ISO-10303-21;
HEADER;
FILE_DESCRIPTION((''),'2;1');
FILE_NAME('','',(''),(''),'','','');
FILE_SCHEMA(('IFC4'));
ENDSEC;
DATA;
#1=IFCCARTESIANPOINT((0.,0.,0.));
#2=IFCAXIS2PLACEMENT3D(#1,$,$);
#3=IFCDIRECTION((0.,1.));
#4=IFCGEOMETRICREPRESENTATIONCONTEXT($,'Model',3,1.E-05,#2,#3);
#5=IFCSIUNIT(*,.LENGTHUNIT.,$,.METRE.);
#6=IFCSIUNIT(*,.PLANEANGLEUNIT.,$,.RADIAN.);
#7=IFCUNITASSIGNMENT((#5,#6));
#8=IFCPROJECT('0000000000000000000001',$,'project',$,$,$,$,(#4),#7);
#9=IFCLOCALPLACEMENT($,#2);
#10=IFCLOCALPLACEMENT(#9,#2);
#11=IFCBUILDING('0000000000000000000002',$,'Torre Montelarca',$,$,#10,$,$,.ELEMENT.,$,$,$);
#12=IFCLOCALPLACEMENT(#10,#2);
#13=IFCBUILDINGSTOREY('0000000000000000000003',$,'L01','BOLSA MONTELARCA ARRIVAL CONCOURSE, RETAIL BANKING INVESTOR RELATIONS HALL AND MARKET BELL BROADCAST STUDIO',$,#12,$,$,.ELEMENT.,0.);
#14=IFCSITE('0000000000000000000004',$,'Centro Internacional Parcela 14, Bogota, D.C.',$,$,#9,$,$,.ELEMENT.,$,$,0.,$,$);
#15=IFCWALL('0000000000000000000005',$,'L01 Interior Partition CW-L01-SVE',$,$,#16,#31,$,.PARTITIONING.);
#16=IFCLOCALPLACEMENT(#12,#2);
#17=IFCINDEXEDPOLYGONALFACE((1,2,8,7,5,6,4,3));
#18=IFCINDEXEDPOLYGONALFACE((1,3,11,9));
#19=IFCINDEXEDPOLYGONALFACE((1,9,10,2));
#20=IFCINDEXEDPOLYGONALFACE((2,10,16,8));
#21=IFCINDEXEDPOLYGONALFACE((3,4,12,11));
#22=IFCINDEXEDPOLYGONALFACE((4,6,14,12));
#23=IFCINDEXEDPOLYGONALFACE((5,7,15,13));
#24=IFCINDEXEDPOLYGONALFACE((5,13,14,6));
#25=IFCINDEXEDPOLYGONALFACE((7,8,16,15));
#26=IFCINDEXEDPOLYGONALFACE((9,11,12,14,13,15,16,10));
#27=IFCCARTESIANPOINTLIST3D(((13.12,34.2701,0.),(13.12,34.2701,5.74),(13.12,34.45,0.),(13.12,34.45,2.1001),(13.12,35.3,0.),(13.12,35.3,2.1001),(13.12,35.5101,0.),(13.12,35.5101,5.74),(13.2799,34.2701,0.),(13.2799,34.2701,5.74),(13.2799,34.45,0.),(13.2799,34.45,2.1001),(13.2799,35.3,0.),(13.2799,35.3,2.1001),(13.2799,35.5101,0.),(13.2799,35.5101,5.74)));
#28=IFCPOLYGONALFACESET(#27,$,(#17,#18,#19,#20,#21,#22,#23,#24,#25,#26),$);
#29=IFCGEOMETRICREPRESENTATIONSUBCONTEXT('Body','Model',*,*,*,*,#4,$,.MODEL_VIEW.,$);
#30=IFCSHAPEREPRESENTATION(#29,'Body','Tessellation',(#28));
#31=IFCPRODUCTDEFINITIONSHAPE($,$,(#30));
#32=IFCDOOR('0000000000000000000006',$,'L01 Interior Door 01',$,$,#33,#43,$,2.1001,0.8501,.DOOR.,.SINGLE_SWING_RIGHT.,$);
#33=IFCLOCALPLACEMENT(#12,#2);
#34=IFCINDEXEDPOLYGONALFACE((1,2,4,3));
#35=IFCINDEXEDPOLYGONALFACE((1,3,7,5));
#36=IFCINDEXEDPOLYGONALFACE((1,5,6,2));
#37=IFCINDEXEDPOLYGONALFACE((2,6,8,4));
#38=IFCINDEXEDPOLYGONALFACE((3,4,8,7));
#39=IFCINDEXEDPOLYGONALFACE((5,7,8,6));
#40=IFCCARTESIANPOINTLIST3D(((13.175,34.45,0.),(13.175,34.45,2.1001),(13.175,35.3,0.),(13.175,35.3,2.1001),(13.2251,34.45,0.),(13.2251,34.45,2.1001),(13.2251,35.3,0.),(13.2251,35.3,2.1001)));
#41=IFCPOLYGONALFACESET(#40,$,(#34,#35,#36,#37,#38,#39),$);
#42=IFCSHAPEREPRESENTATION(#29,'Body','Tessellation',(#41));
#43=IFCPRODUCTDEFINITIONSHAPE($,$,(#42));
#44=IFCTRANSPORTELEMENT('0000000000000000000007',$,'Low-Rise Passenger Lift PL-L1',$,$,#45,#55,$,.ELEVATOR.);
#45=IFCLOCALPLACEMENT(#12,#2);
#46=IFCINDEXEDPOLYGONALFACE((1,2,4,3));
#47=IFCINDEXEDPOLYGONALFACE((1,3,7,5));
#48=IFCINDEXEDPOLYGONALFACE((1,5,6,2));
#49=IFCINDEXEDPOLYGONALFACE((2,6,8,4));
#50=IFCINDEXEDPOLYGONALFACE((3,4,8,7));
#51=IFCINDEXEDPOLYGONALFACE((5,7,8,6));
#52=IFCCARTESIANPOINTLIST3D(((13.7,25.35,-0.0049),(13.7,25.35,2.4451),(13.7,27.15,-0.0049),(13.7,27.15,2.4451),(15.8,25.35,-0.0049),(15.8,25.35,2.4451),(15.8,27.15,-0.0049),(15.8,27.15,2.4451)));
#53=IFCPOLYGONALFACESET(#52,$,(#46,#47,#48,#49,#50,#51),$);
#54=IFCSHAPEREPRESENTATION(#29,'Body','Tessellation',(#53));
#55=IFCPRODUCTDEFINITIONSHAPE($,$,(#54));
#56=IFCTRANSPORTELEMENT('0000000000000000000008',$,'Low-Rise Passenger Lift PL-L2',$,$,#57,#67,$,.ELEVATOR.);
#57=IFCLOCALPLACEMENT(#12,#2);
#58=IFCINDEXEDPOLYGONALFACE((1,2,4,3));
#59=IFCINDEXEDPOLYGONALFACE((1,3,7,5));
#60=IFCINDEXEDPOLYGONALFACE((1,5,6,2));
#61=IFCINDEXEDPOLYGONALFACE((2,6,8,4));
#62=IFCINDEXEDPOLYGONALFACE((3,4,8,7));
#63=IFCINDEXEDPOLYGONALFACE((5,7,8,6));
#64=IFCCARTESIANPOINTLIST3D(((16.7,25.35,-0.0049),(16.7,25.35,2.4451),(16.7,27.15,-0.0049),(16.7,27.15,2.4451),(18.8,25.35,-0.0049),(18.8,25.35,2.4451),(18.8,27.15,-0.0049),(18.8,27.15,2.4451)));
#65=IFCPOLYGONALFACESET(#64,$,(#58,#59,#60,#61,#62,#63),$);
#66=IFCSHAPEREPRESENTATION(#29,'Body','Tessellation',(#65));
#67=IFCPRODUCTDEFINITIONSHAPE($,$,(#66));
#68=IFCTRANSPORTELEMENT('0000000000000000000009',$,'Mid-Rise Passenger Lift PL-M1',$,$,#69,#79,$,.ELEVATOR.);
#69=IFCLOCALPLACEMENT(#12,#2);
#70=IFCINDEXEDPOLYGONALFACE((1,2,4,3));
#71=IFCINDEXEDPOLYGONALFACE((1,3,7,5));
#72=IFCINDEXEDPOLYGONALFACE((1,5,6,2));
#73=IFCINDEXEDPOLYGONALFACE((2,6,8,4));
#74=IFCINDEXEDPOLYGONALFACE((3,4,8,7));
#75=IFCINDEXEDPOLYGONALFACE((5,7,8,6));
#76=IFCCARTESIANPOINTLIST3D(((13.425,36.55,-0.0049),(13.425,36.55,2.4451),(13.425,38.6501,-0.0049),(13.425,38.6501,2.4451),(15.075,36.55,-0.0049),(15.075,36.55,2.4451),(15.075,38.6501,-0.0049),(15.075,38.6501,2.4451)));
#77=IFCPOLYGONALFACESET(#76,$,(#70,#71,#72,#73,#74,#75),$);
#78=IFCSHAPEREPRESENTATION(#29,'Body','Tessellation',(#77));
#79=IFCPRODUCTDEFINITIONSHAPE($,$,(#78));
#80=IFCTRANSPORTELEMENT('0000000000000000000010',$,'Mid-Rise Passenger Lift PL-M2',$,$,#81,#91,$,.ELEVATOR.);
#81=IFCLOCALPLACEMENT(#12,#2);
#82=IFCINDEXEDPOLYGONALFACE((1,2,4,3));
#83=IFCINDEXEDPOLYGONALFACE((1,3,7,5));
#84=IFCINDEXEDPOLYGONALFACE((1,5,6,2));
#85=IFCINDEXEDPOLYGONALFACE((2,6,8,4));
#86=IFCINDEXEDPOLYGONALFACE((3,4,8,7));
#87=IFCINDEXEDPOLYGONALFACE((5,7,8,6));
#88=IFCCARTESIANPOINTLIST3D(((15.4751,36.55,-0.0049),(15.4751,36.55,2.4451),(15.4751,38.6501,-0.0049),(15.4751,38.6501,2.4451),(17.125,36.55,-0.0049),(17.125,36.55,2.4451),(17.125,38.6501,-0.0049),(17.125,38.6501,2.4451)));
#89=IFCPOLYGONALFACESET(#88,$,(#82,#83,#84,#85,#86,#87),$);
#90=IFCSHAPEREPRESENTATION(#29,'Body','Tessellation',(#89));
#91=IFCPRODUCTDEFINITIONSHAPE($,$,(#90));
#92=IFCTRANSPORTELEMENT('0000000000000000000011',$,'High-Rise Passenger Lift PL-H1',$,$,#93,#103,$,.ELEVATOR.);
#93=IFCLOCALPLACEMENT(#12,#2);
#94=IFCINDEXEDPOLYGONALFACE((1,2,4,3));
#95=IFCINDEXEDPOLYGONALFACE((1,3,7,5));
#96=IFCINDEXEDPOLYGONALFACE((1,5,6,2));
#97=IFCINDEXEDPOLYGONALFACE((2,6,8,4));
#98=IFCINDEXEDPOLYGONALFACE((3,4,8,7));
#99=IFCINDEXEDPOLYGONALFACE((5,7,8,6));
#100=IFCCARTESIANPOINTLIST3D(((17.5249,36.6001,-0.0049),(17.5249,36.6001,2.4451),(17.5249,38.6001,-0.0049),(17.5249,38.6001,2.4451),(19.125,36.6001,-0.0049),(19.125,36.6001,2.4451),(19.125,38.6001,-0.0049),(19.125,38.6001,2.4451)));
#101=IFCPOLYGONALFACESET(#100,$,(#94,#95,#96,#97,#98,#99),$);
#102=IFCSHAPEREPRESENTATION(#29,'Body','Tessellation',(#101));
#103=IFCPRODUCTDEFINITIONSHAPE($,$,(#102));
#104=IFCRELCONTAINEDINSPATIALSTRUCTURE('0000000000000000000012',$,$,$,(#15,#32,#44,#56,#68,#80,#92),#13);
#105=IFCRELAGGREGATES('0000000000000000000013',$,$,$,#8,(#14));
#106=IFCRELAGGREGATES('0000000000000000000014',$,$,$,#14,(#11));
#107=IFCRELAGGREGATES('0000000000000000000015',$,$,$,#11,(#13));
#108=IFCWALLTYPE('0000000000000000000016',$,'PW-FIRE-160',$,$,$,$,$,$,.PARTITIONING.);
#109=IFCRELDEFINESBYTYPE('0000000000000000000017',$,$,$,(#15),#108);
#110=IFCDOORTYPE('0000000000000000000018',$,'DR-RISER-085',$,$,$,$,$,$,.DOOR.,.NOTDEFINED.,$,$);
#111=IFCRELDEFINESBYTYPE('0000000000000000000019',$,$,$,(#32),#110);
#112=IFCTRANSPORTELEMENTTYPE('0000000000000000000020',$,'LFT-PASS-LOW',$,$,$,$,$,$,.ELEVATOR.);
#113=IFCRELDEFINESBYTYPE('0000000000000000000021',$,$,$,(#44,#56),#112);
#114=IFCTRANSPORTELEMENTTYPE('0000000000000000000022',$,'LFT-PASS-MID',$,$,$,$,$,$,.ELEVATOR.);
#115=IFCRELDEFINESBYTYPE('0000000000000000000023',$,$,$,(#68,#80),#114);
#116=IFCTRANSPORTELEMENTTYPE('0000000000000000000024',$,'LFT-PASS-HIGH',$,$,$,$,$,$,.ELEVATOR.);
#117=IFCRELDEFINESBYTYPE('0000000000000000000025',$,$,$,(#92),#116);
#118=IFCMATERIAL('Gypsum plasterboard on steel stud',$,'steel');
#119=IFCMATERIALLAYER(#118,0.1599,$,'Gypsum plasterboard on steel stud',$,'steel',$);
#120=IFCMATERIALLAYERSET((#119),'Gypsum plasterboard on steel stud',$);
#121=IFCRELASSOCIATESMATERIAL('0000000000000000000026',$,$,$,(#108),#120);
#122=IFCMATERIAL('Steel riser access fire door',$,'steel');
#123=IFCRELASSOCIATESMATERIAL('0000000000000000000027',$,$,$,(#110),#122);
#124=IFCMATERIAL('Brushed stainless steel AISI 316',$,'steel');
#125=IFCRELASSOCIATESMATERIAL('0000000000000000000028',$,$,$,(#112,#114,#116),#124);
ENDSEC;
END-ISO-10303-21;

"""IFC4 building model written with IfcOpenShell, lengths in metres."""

from ifc_helpers import new_model, si_unit, direction, frame, frame_2d, origin, origin_2d, place, context, subcontext, project, spatial, rectangle, extrude, source, transform, mapped, material, layer, layer_set, type_object, element, fill, save


model = new_model("IFC4")

# Units and contexts
model_context = context("Model", 3, precision=1e-05, world=origin(), true_north=direction((0.0, 1.0)))
body_context = subcontext(model_context, "Body", "Model", "MODEL_VIEW")
ifc_project = project(units=[si_unit("LENGTHUNIT", "METRE"), si_unit("PLANEANGLEUNIT", "RADIAN")], contexts=[model_context])

# Site, building, storey
site_placement = place(None, origin())
site = spatial("IfcSite", under=ifc_project, at=site_placement, Name="Centro Internacional Parcela 14, Bogota, D.C.", CompositionType="ELEMENT", RefElevation=0.0)
building_placement = place(site_placement, origin())
building = spatial("IfcBuilding", under=site, at=building_placement, Name="Torre Montelarca", CompositionType="ELEMENT")
storey_placement = place(building_placement, origin())
storey = spatial("IfcBuildingStorey", under=building, at=storey_placement, Name="L01", Description="BOLSA MONTELARCA ARRIVAL CONCOURSE, RETAIL BANKING INVESTOR RELATIONS HALL AND MARKET BELL BROADCAST STUDIO", CompositionType="ELEMENT", Elevation=0.0)

# Shared definitions
ifc_material_1 = material(Name="Brushed stainless steel AISI 316", Category="steel")

# Wall, opening, door
ifc_material_2 = material(Name="Gypsum plasterboard on steel stud", Category="steel")
ifc_layer_1 = layer(ifc_material_2, 0.1599, Name="Gypsum plasterboard on steel stud", Category="steel")
ifc_layer_set_1 = layer_set([ifc_layer_1], Name="Gypsum plasterboard on steel stud")
wall_type_1 = type_object("IfcWallType", Name="PW-FIRE-160", PredefinedType="PARTITIONING", material=ifc_layer_set_1)
wall_1_placement = place(storey_placement, frame((13.2, 34.27, 0.0), z_axis=(0.0, 0.0, 1.0), x_axis=(0.0, 1.0, 0.0)))
wall_1 = element("IfcWall", 1, at=wall_1_placement, inside=storey, type_object=wall_type_1, Name="L01 Interior Partition CW-L01-SVE", PredefinedType="PARTITIONING", context=body_context, shape_type="SweptSolid", body=[
    extrude(rectangle(XDim=1.24, YDim=0.1599, at=frame_2d((0.6201, 0.0))), origin(), (0.0, 0.0, 1.0), 5.74),
])
opening_1_placement = place(wall_1_placement, frame((0.1799, 0.0, 0.0)))
opening_1 = element("IfcOpeningElement", 2, at=opening_1_placement, cuts=wall_1, PredefinedType="OPENING", context=body_context, shape_type="SweptSolid", body=[
    extrude(rectangle(XDim=0.8501, YDim=2.1001, at=frame_2d((0.425, 1.05))), frame((0.0, 0.0898, 0.0), z_axis=(0.0, -1.0, 0.0), x_axis=(1.0, 0.0, 0.0)), (0.0, 0.0, 1.0), 0.1799),
])
ifc_material_3 = material(Name="Steel riser access fire door", Category="steel")
door_type_1 = type_object("IfcDoorType", Name="DR-RISER-085", OperationType="NOTDEFINED", PredefinedType="DOOR", material=ifc_material_3)
shared_shape_1 = source(origin(), body_context, "Body", "SweptSolid", [
    extrude(rectangle(XDim=0.8501, YDim=2.1001, at=frame_2d((0.425, 1.05))), frame((0.0, 0.0249, 0.0), z_axis=(0.0, -1.0, 0.0), x_axis=(1.0, 0.0, 0.0)), (0.0, 0.0, 1.0), 0.05),
])
door_1_placement = place(opening_1_placement, origin())
door_1 = element("IfcDoor", 3, at=door_1_placement, inside=storey, type_object=door_type_1, Name="L01 Interior Door 01", OperationType="SINGLE_SWING_RIGHT", OverallHeight=2.1001, OverallWidth=0.8501, PredefinedType="DOOR", context=body_context, shape_type="MappedRepresentation", body=[
    mapped(shared_shape_1, transform((0.0, 0.0, 0.0), scale=1.0)),
])
fill(opening_1, door_1)

# Transport elements
transport_element_type_1 = type_object("IfcTransportElementType", Name="LFT-PASS-LOW", PredefinedType="ELEVATOR", material=ifc_material_1)
shared_shape_2 = source(origin(), body_context, "Body", "SweptSolid", [
    extrude(rectangle(XDim=2.1001, YDim=1.8, at=origin_2d()), origin(), (0.0, 0.0, 1.0), 2.45),
])
for number, where, z_axis, x_axis, name in (
    (4, (14.75, 26.25, -0.0049), (0.0, 0.0, 1.0), (1.0, 0.0, 0.0), "Low-Rise Passenger Lift PL-L1"),
    (5, (17.75, 26.25, -0.0049), (0.0, 0.0, 1.0), (1.0, 0.0, 0.0), "Low-Rise Passenger Lift PL-L2"),
):
    element("IfcTransportElement", number, at=place(storey_placement, frame(where, z_axis=z_axis, x_axis=x_axis)), inside=storey, type_object=transport_element_type_1, Name=name, PredefinedType="ELEVATOR", context=body_context, shape_type="MappedRepresentation", body=[
        mapped(shared_shape_2, transform((0.0, 0.0, 0.0), scale=1.0)),
    ])
transport_element_type_2 = type_object("IfcTransportElementType", Name="LFT-PASS-MID", PredefinedType="ELEVATOR", material=ifc_material_1)
shared_shape_3 = source(origin(), body_context, "Body", "SweptSolid", [
    extrude(rectangle(XDim=1.6499, YDim=2.1001, at=origin_2d()), origin(), (0.0, 0.0, 1.0), 2.45),
])
for number, where, z_axis, x_axis, name in (
    (6, (14.25, 37.6001, -0.0049), (0.0, 0.0, 1.0), (1.0, 0.0, 0.0), "Mid-Rise Passenger Lift PL-M1"),
    (7, (16.3, 37.6001, -0.0049), (0.0, 0.0, 1.0), (1.0, 0.0, 0.0), "Mid-Rise Passenger Lift PL-M2"),
):
    element("IfcTransportElement", number, at=place(storey_placement, frame(where, z_axis=z_axis, x_axis=x_axis)), inside=storey, type_object=transport_element_type_2, Name=name, PredefinedType="ELEVATOR", context=body_context, shape_type="MappedRepresentation", body=[
        mapped(shared_shape_3, transform((0.0, 0.0, 0.0), scale=1.0)),
    ])
transport_element_type_3 = type_object("IfcTransportElementType", Name="LFT-PASS-HIGH", PredefinedType="ELEVATOR", material=ifc_material_1)
shared_shape_4 = source(origin(), body_context, "Body", "SweptSolid", [
    extrude(rectangle(XDim=1.6001, YDim=2.0, at=origin_2d()), origin(), (0.0, 0.0, 1.0), 2.45),
])
transport_element_placement = place(storey_placement, frame((18.325, 37.6001, -0.0049), z_axis=(0.0, 0.0, 1.0), x_axis=(1.0, 0.0, 0.0)))
element("IfcTransportElement", 8, at=transport_element_placement, inside=storey, type_object=transport_element_type_3, Name="High-Rise Passenger Lift PL-H1", PredefinedType="ELEVATOR", context=body_context, shape_type="MappedRepresentation", body=[
    mapped(shared_shape_4, transform((0.0, 0.0, 0.0), scale=1.0)),
])

save(model, "model.ifc")
